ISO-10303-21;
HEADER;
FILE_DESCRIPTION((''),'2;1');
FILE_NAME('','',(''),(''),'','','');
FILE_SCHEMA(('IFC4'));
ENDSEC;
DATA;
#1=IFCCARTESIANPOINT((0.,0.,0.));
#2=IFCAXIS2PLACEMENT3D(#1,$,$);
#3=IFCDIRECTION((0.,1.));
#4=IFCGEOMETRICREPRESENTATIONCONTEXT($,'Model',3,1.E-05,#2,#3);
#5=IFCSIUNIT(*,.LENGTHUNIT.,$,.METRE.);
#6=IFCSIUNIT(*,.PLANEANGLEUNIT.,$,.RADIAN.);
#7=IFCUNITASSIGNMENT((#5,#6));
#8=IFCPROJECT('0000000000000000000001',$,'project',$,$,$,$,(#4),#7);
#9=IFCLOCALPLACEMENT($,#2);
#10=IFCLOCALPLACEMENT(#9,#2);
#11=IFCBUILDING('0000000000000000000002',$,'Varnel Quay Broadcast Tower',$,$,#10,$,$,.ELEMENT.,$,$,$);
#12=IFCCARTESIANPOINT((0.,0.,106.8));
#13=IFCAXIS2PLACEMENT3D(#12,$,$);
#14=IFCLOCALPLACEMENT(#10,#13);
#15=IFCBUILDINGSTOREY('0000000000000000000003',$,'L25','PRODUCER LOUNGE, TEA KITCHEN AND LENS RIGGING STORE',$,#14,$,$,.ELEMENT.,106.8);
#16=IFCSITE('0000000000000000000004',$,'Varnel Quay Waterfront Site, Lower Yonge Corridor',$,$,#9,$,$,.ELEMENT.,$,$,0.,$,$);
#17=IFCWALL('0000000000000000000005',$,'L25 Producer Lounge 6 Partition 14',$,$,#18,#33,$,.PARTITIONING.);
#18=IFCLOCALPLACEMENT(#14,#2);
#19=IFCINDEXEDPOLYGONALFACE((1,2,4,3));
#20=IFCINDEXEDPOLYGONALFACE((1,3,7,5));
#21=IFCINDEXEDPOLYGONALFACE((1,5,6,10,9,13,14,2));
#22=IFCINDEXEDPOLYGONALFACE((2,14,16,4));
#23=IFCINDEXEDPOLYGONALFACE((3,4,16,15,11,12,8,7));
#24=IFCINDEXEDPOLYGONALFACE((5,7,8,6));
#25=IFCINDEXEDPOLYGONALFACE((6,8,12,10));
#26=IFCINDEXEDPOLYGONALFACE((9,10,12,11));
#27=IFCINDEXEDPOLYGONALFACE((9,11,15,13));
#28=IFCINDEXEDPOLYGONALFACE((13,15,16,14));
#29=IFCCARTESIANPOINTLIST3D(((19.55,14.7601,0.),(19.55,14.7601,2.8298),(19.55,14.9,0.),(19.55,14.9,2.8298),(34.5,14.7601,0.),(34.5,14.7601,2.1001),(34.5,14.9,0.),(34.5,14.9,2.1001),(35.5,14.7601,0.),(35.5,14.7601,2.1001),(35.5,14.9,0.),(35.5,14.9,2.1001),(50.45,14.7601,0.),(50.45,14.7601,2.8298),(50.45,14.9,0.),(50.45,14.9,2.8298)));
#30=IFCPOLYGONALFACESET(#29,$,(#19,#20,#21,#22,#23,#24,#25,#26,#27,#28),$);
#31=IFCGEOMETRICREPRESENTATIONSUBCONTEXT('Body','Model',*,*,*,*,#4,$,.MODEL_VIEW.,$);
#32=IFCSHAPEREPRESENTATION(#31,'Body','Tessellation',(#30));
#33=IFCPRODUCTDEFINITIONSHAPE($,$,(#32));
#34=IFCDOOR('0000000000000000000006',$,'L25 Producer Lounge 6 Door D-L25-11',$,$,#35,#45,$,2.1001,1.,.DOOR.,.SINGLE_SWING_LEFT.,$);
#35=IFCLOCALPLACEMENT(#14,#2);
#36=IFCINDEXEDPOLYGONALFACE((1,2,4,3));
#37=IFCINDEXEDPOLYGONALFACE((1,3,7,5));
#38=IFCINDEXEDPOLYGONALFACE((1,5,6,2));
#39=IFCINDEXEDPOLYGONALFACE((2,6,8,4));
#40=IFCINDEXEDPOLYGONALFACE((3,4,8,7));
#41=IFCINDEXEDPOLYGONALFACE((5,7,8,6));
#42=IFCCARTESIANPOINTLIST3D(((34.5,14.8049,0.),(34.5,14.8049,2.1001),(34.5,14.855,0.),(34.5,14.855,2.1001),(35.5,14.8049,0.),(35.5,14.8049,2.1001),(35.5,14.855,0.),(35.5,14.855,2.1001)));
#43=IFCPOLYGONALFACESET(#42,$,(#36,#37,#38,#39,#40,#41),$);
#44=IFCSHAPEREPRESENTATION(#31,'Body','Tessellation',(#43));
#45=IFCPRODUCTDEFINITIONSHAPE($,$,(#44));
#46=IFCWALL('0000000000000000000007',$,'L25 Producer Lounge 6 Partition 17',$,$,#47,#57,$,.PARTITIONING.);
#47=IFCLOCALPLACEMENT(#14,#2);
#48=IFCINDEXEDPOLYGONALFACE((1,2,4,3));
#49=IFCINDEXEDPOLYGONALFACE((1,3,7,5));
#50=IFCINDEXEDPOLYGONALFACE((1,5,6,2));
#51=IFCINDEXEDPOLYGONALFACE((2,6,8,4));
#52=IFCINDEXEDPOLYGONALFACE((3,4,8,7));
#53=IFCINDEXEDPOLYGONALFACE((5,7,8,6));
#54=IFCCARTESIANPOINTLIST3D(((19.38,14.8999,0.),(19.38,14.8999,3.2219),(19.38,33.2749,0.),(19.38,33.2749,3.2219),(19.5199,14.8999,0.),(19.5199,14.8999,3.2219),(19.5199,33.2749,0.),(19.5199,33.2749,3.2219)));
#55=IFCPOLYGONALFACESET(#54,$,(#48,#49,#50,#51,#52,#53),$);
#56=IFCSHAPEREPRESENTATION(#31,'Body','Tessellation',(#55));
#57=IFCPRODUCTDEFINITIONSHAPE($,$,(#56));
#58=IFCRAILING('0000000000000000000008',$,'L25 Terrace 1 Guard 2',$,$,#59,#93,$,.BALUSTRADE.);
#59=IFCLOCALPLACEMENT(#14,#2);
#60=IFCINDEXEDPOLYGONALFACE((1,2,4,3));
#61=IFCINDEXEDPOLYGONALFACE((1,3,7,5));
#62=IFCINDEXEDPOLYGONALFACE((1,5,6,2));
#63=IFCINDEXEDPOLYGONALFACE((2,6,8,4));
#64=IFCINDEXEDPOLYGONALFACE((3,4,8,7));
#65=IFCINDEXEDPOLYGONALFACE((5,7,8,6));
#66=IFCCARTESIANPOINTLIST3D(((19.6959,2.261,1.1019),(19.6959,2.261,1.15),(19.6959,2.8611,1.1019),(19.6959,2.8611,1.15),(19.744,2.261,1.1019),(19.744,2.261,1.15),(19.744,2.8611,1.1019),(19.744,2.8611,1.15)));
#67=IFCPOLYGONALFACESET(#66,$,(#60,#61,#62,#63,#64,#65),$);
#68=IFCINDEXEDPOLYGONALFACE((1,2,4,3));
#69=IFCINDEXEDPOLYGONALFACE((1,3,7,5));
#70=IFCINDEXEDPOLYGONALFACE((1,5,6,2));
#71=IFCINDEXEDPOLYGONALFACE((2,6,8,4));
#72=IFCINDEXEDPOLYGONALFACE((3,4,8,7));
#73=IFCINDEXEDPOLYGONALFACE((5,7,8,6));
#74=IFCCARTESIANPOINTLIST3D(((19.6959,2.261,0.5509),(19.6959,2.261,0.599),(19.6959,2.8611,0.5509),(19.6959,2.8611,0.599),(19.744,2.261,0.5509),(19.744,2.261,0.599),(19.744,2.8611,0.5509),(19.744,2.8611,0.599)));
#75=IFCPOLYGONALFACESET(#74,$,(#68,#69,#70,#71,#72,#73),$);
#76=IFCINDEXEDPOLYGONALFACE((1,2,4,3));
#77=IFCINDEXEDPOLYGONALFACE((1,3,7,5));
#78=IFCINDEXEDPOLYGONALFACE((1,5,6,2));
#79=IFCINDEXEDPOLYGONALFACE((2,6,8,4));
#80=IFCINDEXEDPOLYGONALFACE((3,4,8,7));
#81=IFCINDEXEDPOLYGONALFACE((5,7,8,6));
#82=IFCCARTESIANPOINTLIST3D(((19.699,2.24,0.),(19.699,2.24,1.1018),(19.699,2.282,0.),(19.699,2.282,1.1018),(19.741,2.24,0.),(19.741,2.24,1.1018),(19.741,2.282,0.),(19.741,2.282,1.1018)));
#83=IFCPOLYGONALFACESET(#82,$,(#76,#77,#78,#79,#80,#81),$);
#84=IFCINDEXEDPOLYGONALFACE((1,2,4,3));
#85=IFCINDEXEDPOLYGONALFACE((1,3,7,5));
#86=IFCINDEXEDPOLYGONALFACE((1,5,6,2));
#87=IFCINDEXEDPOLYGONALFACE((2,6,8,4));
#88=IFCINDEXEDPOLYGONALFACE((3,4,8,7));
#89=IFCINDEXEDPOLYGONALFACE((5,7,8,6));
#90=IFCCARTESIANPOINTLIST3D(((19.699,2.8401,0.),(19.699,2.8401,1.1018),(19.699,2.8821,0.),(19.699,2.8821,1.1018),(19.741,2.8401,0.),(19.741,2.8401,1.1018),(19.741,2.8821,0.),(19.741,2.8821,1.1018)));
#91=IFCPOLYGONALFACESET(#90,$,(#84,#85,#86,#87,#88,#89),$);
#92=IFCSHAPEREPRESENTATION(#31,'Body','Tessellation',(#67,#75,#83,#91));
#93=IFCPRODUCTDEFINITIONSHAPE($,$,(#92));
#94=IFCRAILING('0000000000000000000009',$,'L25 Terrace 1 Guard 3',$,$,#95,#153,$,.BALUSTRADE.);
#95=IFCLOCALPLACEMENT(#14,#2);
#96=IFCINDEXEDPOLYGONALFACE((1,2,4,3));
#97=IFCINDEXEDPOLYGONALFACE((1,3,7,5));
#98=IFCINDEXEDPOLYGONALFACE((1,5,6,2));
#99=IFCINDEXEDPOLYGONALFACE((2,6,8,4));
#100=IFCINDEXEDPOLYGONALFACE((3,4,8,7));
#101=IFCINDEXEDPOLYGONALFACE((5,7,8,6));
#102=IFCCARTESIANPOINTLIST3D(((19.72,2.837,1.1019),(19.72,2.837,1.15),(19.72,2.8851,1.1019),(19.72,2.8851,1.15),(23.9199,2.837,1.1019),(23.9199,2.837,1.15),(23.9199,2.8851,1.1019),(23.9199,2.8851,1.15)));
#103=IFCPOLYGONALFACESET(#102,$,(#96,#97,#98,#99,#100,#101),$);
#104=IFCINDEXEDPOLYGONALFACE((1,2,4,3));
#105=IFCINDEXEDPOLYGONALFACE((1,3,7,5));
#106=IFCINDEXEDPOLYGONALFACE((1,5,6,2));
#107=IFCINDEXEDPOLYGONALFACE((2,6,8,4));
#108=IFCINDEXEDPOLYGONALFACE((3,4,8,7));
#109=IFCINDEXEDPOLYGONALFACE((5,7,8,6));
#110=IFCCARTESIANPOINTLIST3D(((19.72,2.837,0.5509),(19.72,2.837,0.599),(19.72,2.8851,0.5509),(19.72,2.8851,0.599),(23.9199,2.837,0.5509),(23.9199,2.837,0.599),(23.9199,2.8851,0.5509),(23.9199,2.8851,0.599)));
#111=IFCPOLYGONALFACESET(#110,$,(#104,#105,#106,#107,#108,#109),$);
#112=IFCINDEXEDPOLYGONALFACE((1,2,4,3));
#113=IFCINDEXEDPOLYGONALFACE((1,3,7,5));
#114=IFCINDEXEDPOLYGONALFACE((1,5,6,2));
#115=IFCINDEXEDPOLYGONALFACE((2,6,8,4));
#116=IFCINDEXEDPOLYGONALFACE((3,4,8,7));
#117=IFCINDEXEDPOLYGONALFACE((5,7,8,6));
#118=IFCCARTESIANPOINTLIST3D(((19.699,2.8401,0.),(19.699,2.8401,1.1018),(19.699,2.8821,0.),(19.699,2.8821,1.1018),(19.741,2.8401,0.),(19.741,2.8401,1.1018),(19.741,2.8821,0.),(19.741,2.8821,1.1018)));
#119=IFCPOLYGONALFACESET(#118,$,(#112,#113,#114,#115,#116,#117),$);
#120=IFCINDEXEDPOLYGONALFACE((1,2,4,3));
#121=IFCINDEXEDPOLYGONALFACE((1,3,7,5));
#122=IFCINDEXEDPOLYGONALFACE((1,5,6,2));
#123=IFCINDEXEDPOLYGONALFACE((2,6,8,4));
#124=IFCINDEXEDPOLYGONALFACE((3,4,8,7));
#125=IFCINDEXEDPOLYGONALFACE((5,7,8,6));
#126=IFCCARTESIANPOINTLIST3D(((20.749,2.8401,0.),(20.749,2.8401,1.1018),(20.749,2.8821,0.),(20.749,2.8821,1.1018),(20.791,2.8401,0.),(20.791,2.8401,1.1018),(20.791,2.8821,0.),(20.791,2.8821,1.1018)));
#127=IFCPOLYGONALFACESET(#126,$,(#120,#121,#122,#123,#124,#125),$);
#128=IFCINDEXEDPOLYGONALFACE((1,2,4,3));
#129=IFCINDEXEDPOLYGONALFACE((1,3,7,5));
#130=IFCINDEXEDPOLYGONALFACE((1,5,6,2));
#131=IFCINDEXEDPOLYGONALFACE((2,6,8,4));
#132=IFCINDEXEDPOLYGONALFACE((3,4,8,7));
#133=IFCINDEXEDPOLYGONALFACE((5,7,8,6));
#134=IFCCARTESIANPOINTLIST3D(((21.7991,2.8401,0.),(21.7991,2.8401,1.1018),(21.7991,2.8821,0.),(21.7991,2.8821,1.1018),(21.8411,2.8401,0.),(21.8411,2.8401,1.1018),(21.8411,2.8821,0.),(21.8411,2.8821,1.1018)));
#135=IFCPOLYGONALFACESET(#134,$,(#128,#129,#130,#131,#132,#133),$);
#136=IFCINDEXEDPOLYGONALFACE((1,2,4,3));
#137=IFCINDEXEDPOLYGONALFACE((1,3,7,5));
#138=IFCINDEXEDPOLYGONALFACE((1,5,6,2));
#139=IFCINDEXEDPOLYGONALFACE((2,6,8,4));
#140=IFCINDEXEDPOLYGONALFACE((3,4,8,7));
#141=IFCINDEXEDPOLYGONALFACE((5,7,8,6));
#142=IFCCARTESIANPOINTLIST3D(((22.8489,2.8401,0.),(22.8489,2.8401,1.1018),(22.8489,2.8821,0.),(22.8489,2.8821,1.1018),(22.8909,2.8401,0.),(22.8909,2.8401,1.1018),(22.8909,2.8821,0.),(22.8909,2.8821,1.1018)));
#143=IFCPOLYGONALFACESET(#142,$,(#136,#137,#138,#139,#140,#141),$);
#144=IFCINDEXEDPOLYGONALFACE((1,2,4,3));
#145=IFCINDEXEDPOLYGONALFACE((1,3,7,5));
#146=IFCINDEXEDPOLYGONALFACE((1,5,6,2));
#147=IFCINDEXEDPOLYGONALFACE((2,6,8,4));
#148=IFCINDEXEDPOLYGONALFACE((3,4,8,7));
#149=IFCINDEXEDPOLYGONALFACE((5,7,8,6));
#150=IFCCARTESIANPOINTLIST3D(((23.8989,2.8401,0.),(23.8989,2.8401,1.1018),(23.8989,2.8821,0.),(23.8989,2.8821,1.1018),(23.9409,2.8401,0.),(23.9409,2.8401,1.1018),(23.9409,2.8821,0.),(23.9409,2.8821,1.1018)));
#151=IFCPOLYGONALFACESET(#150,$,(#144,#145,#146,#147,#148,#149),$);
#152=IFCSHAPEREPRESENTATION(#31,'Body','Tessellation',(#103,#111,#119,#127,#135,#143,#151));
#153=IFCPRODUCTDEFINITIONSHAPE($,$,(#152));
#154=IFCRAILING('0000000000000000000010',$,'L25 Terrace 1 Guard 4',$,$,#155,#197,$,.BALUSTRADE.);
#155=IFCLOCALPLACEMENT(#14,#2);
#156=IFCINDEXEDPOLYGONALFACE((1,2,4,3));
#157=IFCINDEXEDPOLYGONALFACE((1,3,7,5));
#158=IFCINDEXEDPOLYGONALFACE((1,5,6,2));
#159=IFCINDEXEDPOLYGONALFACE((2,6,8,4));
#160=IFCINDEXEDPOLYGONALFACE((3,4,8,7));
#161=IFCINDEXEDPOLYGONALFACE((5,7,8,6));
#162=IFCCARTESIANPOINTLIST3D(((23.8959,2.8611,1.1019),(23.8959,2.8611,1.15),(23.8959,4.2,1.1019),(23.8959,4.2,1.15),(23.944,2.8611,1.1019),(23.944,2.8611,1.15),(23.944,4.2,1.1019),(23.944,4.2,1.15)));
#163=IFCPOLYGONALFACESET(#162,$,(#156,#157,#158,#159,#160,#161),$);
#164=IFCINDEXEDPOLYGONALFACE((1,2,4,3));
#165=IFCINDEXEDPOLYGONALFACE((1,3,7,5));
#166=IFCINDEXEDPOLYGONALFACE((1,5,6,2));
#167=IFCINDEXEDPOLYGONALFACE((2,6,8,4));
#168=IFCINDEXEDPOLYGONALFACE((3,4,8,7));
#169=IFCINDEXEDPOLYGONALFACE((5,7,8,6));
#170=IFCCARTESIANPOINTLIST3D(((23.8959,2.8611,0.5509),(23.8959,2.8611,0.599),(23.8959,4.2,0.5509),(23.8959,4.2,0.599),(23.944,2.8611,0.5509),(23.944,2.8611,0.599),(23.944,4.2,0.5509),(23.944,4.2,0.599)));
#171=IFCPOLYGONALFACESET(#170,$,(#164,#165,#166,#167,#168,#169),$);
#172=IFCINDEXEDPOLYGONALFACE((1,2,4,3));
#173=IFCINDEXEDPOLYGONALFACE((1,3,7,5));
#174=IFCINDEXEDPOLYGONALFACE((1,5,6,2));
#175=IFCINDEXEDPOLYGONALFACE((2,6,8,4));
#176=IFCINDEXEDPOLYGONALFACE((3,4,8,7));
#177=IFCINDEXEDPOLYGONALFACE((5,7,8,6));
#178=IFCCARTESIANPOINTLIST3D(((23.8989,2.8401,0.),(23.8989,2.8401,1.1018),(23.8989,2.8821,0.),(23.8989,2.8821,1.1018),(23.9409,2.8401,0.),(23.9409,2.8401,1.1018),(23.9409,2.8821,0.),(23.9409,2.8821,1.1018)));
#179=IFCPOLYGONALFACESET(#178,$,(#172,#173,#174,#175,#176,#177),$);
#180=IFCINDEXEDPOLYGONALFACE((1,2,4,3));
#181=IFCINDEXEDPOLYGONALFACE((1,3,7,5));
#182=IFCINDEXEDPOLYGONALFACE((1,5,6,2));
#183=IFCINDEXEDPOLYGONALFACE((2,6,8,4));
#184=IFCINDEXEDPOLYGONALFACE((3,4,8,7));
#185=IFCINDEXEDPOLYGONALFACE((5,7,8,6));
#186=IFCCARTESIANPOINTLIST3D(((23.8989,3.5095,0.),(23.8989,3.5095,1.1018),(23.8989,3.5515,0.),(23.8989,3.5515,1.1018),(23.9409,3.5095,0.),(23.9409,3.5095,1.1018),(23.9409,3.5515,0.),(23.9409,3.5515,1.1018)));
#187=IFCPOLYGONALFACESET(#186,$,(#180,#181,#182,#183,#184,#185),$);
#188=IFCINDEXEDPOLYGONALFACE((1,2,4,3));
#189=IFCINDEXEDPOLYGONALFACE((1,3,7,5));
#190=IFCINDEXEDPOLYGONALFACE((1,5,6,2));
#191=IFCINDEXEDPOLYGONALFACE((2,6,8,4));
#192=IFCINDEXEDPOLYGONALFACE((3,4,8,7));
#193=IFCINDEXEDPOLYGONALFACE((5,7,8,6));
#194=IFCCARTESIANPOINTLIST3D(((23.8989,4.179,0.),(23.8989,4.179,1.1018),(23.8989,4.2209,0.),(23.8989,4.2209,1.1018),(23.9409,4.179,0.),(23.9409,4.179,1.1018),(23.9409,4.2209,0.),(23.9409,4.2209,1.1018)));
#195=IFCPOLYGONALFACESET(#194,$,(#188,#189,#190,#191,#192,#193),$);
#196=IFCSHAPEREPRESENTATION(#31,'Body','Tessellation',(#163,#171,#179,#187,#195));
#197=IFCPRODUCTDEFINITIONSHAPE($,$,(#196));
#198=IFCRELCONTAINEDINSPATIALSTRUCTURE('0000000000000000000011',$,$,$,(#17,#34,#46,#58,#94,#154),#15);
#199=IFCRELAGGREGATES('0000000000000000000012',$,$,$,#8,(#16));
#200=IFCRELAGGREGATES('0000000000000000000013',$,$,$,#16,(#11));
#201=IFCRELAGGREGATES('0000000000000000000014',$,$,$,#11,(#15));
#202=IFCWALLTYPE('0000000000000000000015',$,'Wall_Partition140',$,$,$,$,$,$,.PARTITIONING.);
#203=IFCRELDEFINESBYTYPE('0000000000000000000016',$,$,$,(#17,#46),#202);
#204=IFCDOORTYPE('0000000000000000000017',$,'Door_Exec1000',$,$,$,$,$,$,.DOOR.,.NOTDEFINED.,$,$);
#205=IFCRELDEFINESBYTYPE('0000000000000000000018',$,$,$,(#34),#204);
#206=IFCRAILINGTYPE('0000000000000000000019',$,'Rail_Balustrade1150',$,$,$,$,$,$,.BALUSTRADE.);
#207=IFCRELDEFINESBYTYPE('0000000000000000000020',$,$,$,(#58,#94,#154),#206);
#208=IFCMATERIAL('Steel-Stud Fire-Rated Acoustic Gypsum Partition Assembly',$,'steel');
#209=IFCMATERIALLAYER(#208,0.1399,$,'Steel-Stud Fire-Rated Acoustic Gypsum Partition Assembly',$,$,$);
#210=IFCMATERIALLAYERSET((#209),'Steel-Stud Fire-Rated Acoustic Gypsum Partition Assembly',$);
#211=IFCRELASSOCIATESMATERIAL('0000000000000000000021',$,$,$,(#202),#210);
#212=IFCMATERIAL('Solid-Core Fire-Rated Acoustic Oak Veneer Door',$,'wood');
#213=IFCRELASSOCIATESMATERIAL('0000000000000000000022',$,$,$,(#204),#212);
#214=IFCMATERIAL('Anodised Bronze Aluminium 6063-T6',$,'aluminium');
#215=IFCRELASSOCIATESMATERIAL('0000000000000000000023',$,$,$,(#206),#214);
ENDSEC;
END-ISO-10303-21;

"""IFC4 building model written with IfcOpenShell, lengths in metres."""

from ifc_helpers import new_model, si_unit, direction, frame, frame_2d, origin, origin_2d, place, context, subcontext, project, spatial, rectangle, extrude, source, transform, mapped, material, layer, layer_set, type_object, type_shapes, element, fill, save


model = new_model("IFC4")

# Units and contexts
model_context = context("Model", 3, precision=1e-05, world=origin(), true_north=direction((0.0, 1.0)))
body_context = subcontext(model_context, "Body", "Model", "MODEL_VIEW")
ifc_project = project(units=[si_unit("LENGTHUNIT", "METRE"), si_unit("PLANEANGLEUNIT", "RADIAN")], contexts=[model_context])

# Site, building, storey
site_placement = place(None, origin())
site = spatial("IfcSite", under=ifc_project, at=site_placement, Name="Varnel Quay Waterfront Site, Lower Yonge Corridor", CompositionType="ELEMENT", RefElevation=0.0)
building_placement = place(site_placement, origin())
building = spatial("IfcBuilding", under=site, at=building_placement, Name="Varnel Quay Broadcast Tower", CompositionType="ELEMENT")
storey_placement = place(building_placement, frame((0.0, 0.0, 106.8)))
storey = spatial("IfcBuildingStorey", under=building, at=storey_placement, Name="L25", Description="PRODUCER LOUNGE, TEA KITCHEN AND LENS RIGGING STORE", CompositionType="ELEMENT", Elevation=106.8)

# Shared definitions
ifc_material_1 = material(Name="Anodised Bronze Aluminium 6063-T6", Category="aluminium")

# Wall, opening, door
ifc_material_2 = material(Name="Steel-Stud Fire-Rated Acoustic Gypsum Partition Assembly", Category="steel")
ifc_layer_1 = layer(ifc_material_2, 0.1399, Name="Steel-Stud Fire-Rated Acoustic Gypsum Partition Assembly")
ifc_layer_set_1 = layer_set([ifc_layer_1], Name="Steel-Stud Fire-Rated Acoustic Gypsum Partition Assembly")
wall_type = type_object("IfcWallType", Name="Wall_Partition140", PredefinedType="PARTITIONING", material=ifc_layer_set_1)
wall_1_placement = place(storey_placement, frame((19.55, 14.8301, 0.0), z_axis=(0.0, 0.0, 1.0), x_axis=(1.0, 0.0, 0.0)))
wall_1 = element("IfcWall", 1, at=wall_1_placement, inside=storey, type_object=wall_type, Name="L25 Producer Lounge 6 Partition 14", PredefinedType="PARTITIONING", context=body_context, shape_type="SweptSolid", body=[
    extrude(rectangle(XDim=30.8999, YDim=0.1399, at=frame_2d((15.45, 0.0))), origin(), (0.0, 0.0, 1.0), 2.8298),
])
opening_placement = place(wall_1_placement, frame((14.95, 0.0, 0.0)))
opening = element("IfcOpeningElement", 2, at=opening_placement, cuts=wall_1, PredefinedType="OPENING", context=body_context, shape_type="SweptSolid", body=[
    extrude(rectangle(XDim=1.0, YDim=2.1001, at=frame_2d((0.5, 1.05))), frame((0.0, 0.0801, 0.0), z_axis=(0.0, -1.0, 0.0), x_axis=(1.0, 0.0, 0.0)), (0.0, 0.0, 1.0), 0.1599),
])
ifc_material_3 = material(Name="Solid-Core Fire-Rated Acoustic Oak Veneer Door", Category="wood")
door_type = type_object("IfcDoorType", Name="Door_Exec1000", OperationType="NOTDEFINED", PredefinedType="DOOR", material=ifc_material_3)
shared_shape_1 = source(origin(), body_context, "Body", "SweptSolid", [
    extrude(rectangle(XDim=1.0, YDim=2.1001, at=frame_2d((0.5, 1.05))), frame((0.0, 0.0249, 0.0), z_axis=(0.0, -1.0, 0.0), x_axis=(1.0, 0.0, 0.0)), (0.0, 0.0, 1.0), 0.05),
])
type_shapes(door_type, [shared_shape_1])
door_placement = place(opening_placement, origin())
door = element("IfcDoor", 3, at=door_placement, inside=storey, type_object=door_type, Name="L25 Producer Lounge 6 Door D-L25-11", OperationType="SINGLE_SWING_LEFT", OverallHeight=2.1001, OverallWidth=1.0, PredefinedType="DOOR", context=body_context, shape_type="MappedRepresentation", body=[
    mapped(shared_shape_1, transform((0.0, 0.0, 0.0), x_axis=(1.0, 0.0, 0.0), y_axis=(0.0, 1.0, 0.0), z_axis=(0.0, 0.0, 1.0), scale=1.0)),
])
fill(opening, door)

# Wall
wall_2_placement = place(storey_placement, frame((19.45, 14.8999, 0.0), z_axis=(0.0, 0.0, 1.0), x_axis=(0.0, 1.0, 0.0)))
element("IfcWall", 4, at=wall_2_placement, inside=storey, type_object=wall_type, Name="L25 Producer Lounge 6 Partition 17", PredefinedType="PARTITIONING", context=body_context, shape_type="SweptSolid", body=[
    extrude(rectangle(XDim=18.375, YDim=0.1399, at=frame_2d((9.1875, 0.0))), origin(), (0.0, 0.0, 1.0), 3.2219),
])

# Railings
railing_type = type_object("IfcRailingType", Name="Rail_Balustrade1150", PredefinedType="BALUSTRADE", material=ifc_material_1)
railing_1_placement = place(storey_placement, frame((19.72, 2.261, 0.0)))
element("IfcRailing", 5, at=railing_1_placement, inside=storey, type_object=railing_type, Name="L25 Terrace 1 Guard 2", PredefinedType="BALUSTRADE", context=body_context, shape_type="SweptSolid", body=[
    extrude(rectangle(XDim=0.0481, YDim=0.0481, at=origin_2d()), frame((0.0, 0.0, 1.126), z_axis=(0.0, 1.0, 0.0), x_axis=(-1.0, 0.0, 0.0)), (0.0, 0.0, 1.0), 0.6001),
    extrude(rectangle(XDim=0.0481, YDim=0.0481, at=origin_2d()), frame((0.0, 0.0, 0.575), z_axis=(0.0, 1.0, 0.0), x_axis=(-1.0, 0.0, 0.0)), (0.0, 0.0, 1.0), 0.6001),
    extrude(rectangle(XDim=0.042, YDim=0.042, at=origin_2d()), origin(), (0.0, 0.0, 1.0), 1.1018),
    extrude(rectangle(XDim=0.042, YDim=0.042, at=origin_2d()), frame((0.0, 0.6001, 0.0)), (0.0, 0.0, 1.0), 1.1018),
])
railing_2_placement = place(storey_placement, frame((19.72, 2.8611, 0.0)))
element("IfcRailing", 6, at=railing_2_placement, inside=storey, type_object=railing_type, Name="L25 Terrace 1 Guard 3", PredefinedType="BALUSTRADE", context=body_context, shape_type="SweptSolid", body=[
    extrude(rectangle(XDim=0.0481, YDim=0.0481, at=origin_2d()), frame((0.0, 0.0, 1.126), z_axis=(1.0, 0.0, 0.0), x_axis=(0.0, 1.0, 0.0)), (0.0, 0.0, 1.0), 4.2),
    extrude(rectangle(XDim=0.0481, YDim=0.0481, at=origin_2d()), frame((0.0, 0.0, 0.575), z_axis=(1.0, 0.0, 0.0), x_axis=(0.0, 1.0, 0.0)), (0.0, 0.0, 1.0), 4.2),
    extrude(rectangle(XDim=0.042, YDim=0.042, at=origin_2d()), origin(), (0.0, 0.0, 1.0), 1.1018),
    extrude(rectangle(XDim=0.042, YDim=0.042, at=origin_2d()), frame((1.05, 0.0, 0.0)), (0.0, 0.0, 1.0), 1.1018),
    extrude(rectangle(XDim=0.042, YDim=0.042, at=origin_2d()), frame((2.1001, 0.0, 0.0)), (0.0, 0.0, 1.0), 1.1018),
    extrude(rectangle(XDim=0.042, YDim=0.042, at=origin_2d()), frame((3.1499, 0.0, 0.0)), (0.0, 0.0, 1.0), 1.1018),
    extrude(rectangle(XDim=0.042, YDim=0.042, at=origin_2d()), frame((4.2, 0.0, 0.0)), (0.0, 0.0, 1.0), 1.1018),
])
railing_3_placement = place(storey_placement, frame((23.9199, 2.8611, 0.0)))
element("IfcRailing", 7, at=railing_3_placement, inside=storey, type_object=railing_type, Name="L25 Terrace 1 Guard 4", PredefinedType="BALUSTRADE", context=body_context, shape_type="SweptSolid", body=[
    extrude(rectangle(XDim=0.0481, YDim=0.0481, at=origin_2d()), frame((0.0, 0.0, 1.126), z_axis=(0.0, 1.0, 0.0), x_axis=(-1.0, 0.0, 0.0)), (0.0, 0.0, 1.0), 1.3389),
    extrude(rectangle(XDim=0.0481, YDim=0.0481, at=origin_2d()), frame((0.0, 0.0, 0.575), z_axis=(0.0, 1.0, 0.0), x_axis=(-1.0, 0.0, 0.0)), (0.0, 0.0, 1.0), 1.3389),
    extrude(rectangle(XDim=0.042, YDim=0.042, at=origin_2d()), origin(), (0.0, 0.0, 1.0), 1.1018),
    extrude(rectangle(XDim=0.042, YDim=0.042, at=origin_2d()), frame((0.0, 0.6694, 0.0)), (0.0, 0.0, 1.0), 1.1018),
    extrude(rectangle(XDim=0.042, YDim=0.042, at=origin_2d()), frame((0.0, 1.3389, 0.0)), (0.0, 0.0, 1.0), 1.1018),
])

save(model, "model.ifc")
